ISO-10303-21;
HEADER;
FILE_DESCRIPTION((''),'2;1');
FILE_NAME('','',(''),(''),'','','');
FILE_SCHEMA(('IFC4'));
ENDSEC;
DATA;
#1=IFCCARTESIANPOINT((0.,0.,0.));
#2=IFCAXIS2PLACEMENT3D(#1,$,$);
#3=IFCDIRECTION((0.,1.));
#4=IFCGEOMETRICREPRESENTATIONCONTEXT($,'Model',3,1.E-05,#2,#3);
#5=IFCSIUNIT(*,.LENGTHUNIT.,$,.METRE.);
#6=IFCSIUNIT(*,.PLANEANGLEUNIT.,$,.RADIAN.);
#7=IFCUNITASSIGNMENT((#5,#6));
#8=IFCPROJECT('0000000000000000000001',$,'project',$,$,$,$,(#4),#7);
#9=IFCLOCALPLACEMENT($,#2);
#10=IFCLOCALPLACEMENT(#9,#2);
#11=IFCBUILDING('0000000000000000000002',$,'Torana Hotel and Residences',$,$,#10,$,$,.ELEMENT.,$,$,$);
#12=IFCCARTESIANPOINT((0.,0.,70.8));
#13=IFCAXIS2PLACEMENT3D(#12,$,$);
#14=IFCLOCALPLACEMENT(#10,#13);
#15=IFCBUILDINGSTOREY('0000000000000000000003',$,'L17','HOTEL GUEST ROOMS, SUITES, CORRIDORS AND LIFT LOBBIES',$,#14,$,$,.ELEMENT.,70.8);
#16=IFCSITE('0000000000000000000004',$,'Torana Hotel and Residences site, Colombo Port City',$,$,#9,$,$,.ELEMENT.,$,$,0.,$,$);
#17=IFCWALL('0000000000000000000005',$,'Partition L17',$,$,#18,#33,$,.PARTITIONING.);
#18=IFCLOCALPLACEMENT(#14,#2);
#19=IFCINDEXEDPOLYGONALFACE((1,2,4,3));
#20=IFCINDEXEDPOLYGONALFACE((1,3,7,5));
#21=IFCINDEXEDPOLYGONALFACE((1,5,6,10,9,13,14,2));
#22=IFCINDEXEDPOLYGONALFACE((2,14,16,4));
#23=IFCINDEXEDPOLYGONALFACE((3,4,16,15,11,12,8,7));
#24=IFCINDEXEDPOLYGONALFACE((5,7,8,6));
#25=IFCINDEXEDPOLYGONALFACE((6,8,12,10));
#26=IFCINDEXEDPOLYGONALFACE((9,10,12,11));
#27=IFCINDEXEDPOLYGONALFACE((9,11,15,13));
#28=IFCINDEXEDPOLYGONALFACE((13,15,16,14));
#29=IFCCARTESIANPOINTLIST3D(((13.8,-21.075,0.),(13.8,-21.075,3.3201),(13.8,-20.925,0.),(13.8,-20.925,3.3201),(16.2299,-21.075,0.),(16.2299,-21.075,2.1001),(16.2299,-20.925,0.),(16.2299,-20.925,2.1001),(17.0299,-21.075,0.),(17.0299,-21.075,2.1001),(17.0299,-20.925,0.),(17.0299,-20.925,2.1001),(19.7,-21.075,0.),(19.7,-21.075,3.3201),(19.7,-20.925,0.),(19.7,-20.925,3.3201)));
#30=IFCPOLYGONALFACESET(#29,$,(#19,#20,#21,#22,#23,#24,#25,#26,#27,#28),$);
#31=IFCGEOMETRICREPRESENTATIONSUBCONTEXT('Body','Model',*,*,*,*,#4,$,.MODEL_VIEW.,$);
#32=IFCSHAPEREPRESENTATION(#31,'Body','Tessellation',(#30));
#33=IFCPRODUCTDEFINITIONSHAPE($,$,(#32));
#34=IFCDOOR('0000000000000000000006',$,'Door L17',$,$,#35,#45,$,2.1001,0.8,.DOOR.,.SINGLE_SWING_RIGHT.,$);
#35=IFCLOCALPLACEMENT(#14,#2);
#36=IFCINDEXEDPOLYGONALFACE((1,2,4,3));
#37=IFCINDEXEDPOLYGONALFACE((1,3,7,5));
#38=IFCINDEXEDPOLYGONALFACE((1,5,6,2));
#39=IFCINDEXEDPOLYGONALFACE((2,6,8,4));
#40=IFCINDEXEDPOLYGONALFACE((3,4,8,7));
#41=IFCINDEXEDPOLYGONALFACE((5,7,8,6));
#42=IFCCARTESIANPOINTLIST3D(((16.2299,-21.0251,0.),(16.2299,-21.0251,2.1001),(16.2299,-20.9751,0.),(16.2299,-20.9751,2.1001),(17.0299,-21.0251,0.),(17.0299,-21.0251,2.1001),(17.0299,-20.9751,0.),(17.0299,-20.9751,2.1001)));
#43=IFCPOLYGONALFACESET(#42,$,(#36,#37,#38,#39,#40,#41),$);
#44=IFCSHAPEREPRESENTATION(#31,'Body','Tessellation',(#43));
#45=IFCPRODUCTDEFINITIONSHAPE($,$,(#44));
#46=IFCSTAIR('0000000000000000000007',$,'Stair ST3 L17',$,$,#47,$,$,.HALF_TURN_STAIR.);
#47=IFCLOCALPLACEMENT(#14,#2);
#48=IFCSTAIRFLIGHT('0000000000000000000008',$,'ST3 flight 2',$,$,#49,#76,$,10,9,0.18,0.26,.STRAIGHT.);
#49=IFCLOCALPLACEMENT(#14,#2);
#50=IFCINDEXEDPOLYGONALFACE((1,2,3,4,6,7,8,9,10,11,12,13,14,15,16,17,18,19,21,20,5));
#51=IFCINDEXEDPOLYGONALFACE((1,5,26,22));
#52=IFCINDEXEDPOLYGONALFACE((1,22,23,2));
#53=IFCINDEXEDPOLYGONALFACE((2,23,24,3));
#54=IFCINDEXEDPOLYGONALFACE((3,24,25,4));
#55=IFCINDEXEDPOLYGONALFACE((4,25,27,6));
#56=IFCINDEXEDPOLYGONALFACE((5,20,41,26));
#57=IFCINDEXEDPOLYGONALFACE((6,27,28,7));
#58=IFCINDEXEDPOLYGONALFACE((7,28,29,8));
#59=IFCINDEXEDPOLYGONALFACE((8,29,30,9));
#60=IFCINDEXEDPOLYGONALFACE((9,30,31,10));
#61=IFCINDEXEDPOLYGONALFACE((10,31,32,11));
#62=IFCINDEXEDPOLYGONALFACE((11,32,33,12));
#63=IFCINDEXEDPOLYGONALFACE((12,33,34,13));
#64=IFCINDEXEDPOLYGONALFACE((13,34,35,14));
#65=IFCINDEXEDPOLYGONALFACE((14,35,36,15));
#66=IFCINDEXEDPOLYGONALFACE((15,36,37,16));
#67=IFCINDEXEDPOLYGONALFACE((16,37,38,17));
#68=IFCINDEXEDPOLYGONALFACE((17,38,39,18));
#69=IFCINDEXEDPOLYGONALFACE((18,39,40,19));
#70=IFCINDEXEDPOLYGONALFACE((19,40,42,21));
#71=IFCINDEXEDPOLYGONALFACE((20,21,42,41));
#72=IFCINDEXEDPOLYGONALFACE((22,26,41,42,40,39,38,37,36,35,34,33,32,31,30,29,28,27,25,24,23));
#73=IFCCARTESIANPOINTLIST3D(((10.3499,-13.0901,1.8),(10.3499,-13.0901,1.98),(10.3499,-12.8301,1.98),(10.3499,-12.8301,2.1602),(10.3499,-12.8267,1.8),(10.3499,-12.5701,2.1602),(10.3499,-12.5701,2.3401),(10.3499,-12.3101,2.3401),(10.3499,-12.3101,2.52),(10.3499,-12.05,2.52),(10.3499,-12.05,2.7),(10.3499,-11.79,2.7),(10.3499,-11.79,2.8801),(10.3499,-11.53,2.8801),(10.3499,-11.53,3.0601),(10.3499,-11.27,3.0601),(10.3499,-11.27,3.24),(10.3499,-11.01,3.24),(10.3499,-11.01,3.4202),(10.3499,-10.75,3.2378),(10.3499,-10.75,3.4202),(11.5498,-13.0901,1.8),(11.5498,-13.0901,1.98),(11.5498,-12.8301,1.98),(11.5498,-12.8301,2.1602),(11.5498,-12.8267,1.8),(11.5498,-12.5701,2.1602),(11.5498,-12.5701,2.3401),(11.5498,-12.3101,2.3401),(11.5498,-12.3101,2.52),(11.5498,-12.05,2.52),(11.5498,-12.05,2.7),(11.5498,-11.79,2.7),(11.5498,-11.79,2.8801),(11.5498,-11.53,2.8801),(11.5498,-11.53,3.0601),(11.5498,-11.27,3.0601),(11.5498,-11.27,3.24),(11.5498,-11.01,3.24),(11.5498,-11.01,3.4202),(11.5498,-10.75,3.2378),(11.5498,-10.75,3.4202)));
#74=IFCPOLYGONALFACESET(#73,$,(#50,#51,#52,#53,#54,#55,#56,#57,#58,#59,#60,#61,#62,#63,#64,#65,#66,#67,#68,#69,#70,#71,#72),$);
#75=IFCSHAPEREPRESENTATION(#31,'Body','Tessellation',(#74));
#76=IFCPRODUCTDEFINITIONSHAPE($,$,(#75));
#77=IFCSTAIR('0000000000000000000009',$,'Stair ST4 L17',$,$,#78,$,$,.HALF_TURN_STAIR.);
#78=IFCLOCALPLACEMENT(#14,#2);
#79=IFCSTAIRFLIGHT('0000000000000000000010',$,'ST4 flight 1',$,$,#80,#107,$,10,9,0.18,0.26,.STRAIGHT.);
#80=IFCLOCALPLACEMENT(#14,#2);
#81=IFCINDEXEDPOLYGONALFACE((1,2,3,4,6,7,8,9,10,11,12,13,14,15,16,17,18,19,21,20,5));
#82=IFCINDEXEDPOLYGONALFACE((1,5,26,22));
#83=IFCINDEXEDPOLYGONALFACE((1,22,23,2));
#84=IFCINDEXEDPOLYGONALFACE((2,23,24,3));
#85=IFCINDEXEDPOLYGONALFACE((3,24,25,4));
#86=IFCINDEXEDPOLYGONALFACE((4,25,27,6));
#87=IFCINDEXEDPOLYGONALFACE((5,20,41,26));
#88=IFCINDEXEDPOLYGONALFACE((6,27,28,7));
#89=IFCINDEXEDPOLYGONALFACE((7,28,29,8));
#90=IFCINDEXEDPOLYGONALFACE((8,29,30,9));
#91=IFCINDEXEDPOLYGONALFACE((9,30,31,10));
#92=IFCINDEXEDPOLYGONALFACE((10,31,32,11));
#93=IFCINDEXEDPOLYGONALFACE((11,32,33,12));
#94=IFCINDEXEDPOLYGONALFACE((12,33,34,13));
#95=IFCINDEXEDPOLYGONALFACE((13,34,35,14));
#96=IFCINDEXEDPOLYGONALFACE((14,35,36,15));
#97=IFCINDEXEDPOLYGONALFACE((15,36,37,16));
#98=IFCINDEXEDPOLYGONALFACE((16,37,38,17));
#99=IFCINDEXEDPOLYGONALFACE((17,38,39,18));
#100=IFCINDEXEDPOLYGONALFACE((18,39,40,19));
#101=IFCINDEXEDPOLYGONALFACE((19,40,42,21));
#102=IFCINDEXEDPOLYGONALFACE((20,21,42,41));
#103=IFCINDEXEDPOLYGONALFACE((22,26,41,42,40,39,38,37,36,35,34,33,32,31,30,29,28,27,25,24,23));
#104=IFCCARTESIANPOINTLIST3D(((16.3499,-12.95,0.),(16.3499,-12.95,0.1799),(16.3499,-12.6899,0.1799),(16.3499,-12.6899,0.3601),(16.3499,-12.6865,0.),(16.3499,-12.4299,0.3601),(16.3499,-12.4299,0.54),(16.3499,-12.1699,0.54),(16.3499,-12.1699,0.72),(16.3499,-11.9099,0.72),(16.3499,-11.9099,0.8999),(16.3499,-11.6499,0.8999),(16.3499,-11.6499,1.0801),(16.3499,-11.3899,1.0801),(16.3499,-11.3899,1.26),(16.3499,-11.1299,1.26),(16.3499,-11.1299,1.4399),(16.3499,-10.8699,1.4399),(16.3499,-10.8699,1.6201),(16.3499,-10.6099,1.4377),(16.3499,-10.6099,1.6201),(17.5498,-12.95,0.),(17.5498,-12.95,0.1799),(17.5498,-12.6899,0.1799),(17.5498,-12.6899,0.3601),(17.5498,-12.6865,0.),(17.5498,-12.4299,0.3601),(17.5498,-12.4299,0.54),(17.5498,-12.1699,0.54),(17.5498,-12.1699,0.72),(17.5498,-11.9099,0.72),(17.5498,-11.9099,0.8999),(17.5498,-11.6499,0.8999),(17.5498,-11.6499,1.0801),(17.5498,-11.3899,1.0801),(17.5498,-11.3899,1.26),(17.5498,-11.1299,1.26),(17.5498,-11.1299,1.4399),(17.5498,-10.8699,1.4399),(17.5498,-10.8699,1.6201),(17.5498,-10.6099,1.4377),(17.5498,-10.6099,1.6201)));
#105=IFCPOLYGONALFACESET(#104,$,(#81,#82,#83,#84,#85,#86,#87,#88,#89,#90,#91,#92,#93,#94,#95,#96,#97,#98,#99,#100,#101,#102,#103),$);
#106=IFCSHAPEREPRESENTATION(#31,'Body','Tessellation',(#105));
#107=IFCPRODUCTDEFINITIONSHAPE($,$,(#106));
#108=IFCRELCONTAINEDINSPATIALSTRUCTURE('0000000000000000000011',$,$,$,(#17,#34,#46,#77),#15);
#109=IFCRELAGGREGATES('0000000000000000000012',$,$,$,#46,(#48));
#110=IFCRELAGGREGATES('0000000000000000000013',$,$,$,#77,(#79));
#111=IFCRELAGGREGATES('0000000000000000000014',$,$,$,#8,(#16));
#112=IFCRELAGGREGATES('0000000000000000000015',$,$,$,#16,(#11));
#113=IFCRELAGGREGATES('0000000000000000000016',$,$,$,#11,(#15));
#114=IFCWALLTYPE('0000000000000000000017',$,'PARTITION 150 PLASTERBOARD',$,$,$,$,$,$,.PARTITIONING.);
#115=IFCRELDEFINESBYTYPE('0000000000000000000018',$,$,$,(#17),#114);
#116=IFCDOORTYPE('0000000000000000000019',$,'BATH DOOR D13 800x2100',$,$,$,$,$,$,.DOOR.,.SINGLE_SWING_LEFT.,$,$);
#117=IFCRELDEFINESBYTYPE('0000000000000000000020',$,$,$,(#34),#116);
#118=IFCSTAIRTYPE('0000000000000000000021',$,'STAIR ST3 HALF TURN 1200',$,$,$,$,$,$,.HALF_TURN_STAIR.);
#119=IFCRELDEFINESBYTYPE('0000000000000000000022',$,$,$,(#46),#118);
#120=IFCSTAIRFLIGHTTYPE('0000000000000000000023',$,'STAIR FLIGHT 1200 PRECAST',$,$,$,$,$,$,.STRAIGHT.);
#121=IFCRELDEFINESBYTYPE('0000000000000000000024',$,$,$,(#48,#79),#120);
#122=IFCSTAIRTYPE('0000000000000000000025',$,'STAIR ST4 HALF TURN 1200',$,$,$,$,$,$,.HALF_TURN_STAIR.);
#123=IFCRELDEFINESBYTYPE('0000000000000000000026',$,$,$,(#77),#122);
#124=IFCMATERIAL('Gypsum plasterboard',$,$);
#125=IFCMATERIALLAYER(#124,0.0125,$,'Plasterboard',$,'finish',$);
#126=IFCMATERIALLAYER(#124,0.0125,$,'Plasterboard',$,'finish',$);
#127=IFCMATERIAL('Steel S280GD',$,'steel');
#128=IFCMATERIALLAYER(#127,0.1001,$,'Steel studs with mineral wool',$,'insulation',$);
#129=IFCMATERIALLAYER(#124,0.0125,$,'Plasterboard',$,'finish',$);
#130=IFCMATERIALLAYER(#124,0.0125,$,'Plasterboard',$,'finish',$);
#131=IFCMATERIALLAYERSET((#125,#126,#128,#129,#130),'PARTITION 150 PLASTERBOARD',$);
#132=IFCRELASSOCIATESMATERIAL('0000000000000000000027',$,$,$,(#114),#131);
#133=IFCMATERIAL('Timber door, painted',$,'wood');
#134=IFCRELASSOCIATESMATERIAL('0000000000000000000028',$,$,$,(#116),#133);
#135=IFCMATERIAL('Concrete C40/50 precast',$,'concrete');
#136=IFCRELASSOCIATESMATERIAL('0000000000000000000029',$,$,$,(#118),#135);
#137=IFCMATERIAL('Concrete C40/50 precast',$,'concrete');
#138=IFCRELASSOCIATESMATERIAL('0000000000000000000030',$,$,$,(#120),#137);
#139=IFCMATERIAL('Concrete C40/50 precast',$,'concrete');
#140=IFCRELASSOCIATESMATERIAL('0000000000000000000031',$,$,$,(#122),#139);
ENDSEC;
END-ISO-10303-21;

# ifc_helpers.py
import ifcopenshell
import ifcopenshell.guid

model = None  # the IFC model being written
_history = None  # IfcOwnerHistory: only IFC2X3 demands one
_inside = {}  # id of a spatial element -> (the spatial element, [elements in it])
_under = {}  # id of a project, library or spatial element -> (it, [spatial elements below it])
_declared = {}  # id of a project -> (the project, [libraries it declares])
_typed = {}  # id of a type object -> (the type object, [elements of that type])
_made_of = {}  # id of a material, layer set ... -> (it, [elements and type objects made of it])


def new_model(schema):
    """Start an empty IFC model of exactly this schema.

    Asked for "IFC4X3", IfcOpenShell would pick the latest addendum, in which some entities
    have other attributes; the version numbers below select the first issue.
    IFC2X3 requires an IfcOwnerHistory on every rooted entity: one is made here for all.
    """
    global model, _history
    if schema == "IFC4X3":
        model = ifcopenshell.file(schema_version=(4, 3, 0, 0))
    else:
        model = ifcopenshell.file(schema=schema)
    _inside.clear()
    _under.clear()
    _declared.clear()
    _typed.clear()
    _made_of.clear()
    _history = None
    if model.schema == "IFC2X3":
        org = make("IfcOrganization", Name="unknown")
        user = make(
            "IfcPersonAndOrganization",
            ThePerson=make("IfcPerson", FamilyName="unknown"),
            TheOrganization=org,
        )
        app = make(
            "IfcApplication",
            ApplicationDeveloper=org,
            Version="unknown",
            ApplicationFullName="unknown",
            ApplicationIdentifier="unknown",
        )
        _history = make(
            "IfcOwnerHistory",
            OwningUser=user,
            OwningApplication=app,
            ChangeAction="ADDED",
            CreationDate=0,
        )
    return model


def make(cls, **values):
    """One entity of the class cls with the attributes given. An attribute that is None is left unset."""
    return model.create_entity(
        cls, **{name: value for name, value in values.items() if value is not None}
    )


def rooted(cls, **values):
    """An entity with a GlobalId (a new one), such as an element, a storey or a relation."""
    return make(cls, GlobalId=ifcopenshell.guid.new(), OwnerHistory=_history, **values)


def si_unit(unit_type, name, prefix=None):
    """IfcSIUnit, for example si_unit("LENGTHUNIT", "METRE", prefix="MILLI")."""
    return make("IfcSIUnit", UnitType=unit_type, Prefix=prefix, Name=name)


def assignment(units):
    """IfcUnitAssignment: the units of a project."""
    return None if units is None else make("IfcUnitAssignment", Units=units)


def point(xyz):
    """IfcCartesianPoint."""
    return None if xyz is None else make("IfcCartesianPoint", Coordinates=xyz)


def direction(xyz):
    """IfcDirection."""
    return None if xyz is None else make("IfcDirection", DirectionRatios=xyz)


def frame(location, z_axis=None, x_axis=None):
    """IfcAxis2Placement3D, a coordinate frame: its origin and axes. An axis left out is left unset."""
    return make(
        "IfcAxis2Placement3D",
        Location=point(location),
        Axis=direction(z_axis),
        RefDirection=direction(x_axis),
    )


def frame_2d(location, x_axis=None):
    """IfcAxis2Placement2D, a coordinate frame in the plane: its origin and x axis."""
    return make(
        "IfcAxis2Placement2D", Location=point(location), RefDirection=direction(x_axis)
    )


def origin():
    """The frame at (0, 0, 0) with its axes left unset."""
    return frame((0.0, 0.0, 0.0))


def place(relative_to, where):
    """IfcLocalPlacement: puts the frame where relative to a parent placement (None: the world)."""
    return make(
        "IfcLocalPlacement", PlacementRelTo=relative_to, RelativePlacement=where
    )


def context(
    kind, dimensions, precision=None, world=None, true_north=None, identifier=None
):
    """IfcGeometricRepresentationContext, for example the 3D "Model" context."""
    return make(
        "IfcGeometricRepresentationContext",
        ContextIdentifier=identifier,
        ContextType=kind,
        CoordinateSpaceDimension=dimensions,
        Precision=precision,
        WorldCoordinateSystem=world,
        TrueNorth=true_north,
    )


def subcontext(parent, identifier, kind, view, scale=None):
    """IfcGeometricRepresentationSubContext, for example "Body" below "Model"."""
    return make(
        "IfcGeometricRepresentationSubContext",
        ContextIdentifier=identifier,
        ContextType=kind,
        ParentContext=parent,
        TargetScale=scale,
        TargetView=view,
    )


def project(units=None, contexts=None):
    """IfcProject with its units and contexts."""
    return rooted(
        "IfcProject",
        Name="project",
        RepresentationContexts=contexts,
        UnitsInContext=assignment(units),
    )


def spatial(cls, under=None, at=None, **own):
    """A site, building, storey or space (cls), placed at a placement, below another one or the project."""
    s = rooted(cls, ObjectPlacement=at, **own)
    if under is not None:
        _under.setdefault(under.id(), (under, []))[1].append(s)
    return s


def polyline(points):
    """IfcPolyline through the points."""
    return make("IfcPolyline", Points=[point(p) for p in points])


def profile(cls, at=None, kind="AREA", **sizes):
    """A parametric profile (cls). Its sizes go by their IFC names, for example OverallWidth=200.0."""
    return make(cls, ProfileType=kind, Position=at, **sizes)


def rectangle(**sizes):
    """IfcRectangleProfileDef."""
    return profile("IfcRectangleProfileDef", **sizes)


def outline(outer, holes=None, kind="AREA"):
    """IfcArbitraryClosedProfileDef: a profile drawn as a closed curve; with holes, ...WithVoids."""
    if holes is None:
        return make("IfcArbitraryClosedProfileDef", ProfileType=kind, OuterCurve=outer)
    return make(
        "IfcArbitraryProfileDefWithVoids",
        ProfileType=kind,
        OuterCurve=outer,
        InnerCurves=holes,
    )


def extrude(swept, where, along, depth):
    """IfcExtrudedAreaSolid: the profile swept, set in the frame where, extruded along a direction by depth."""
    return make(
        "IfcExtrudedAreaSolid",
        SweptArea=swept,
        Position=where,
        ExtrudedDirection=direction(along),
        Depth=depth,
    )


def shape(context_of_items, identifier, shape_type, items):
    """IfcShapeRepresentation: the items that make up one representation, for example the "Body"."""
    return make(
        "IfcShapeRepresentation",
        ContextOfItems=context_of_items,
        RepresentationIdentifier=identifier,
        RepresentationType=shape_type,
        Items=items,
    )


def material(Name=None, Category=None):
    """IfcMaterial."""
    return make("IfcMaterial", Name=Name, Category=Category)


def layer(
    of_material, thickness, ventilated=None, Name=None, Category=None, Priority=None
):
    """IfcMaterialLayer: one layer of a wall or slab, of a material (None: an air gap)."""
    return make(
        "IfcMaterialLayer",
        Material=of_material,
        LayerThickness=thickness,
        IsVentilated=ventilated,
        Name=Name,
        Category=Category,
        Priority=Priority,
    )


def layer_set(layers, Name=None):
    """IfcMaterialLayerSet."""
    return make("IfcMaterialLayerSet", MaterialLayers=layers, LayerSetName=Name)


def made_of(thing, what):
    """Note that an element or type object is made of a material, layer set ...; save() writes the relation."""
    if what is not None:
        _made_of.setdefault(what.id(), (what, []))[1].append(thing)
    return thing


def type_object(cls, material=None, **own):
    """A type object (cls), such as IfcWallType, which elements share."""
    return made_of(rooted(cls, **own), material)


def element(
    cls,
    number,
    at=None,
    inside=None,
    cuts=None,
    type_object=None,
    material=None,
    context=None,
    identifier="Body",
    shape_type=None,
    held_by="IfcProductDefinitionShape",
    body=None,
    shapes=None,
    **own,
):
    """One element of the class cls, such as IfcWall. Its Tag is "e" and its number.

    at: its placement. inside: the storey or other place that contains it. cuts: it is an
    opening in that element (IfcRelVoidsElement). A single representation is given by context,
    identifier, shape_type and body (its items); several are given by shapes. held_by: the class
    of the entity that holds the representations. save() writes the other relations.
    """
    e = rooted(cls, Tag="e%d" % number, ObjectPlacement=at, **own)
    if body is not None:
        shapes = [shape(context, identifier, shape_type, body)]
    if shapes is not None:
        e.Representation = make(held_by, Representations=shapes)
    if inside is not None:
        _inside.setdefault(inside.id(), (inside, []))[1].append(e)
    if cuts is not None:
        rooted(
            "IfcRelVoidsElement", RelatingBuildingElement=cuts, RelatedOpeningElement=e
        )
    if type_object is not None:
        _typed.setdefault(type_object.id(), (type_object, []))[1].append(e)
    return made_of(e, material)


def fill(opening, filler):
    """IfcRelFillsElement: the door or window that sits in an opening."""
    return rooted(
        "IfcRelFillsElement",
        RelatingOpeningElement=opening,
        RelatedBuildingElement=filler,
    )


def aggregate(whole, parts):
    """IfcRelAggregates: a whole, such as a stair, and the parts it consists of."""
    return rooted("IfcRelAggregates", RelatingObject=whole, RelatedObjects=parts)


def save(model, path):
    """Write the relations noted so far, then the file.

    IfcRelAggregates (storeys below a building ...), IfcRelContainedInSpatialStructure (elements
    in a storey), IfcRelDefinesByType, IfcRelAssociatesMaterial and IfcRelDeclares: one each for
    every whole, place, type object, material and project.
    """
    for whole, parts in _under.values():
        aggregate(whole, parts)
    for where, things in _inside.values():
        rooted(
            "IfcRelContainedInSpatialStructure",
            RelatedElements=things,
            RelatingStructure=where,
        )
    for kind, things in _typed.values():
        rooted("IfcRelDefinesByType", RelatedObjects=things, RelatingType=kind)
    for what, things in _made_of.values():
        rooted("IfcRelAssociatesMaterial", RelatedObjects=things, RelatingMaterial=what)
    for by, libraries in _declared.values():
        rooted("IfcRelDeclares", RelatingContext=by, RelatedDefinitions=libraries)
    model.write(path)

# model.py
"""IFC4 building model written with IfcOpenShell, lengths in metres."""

from ifc_helpers import new_model, si_unit, direction, frame, frame_2d, origin, place, context, subcontext, project, spatial, polyline, rectangle, outline, extrude, material, layer, layer_set, type_object, element, fill, aggregate, save


model = new_model("IFC4")

# Units and contexts
model_context = context("Model", 3, precision=1e-05, world=origin(), true_north=direction((0.0, 1.0)))
body_context = subcontext(model_context, "Body", "Model", "MODEL_VIEW")
ifc_project = project(units=[si_unit("LENGTHUNIT", "METRE"), si_unit("PLANEANGLEUNIT", "RADIAN")], contexts=[model_context])

# Site, building, storey
site_placement = place(None, origin())
site = spatial("IfcSite", under=ifc_project, at=site_placement, Name="Torana Hotel and Residences site, Colombo Port City", CompositionType="ELEMENT", RefElevation=0.0)
building_placement = place(site_placement, origin())
building = spatial("IfcBuilding", under=site, at=building_placement, Name="Torana Hotel and Residences", CompositionType="ELEMENT")
storey_placement = place(building_placement, frame((0.0, 0.0, 70.8)))
storey = spatial("IfcBuildingStorey", under=building, at=storey_placement, Name="L17", Description="HOTEL GUEST ROOMS, SUITES, CORRIDORS AND LIFT LOBBIES", CompositionType="ELEMENT", Elevation=70.8)

# Shared definitions
ifc_material_1 = material(Name="Gypsum plasterboard")
ifc_layer_1 = layer(ifc_material_1, 0.0125, Name="Plasterboard", Category="finish")
ifc_layer_2 = layer(ifc_material_1, 0.0125, Name="Plasterboard", Category="finish")
ifc_material_2 = material(Name="Steel S280GD", Category="steel")
ifc_layer_3 = layer(ifc_material_2, 0.1001, Name="Steel studs with mineral wool", Category="insulation")
ifc_layer_4 = layer(ifc_material_1, 0.0125, Name="Plasterboard", Category="finish")
ifc_layer_5 = layer(ifc_material_1, 0.0125, Name="Plasterboard", Category="finish")
ifc_layer_set_1 = layer_set([ifc_layer_1, ifc_layer_2, ifc_layer_3, ifc_layer_4, ifc_layer_5], Name="PARTITION 150 PLASTERBOARD")
wall_type_1 = type_object("IfcWallType", Name="PARTITION 150 PLASTERBOARD", PredefinedType="PARTITIONING", material=ifc_layer_set_1)

# Wall, opening, door
ifc_material_3 = material(Name="Timber door, painted", Category="wood")
door_type_1 = type_object("IfcDoorType", Name="BATH DOOR D13 800x2100", OperationType="SINGLE_SWING_LEFT", PredefinedType="DOOR", material=ifc_material_3)
wall_1_placement = place(storey_placement, frame((13.8, -21.0, 0.0), z_axis=(0.0, 0.0, 1.0), x_axis=(1.0, 0.0, 0.0)))
wall_1 = element("IfcWall", 1, at=wall_1_placement, inside=storey, type_object=wall_type_1, Name="Partition L17", PredefinedType="PARTITIONING", context=body_context, shape_type="SweptSolid", body=[
    extrude(rectangle(XDim=5.8999, YDim=0.1499, at=frame_2d((2.95, 0.0))), origin(), (0.0, 0.0, 1.0), 3.3201),
])
opening_1_placement = place(wall_1_placement, frame((2.4299, 0.0, 0.0)))
opening_1 = element("IfcOpeningElement", 2, at=opening_1_placement, cuts=wall_1, PredefinedType="OPENING", context=body_context, shape_type="SweptSolid", body=[
    extrude(rectangle(XDim=0.8, YDim=2.1001, at=frame_2d((0.3999, 1.05))), frame((0.0, 0.085, 0.0), z_axis=(0.0, -1.0, 0.0), x_axis=(1.0, 0.0, 0.0)), (0.0, 0.0, 1.0), 0.1699),
])
door_1_placement = place(opening_1_placement, origin())
door_1 = element("IfcDoor", 3, at=door_1_placement, inside=storey, type_object=door_type_1, Name="Door L17", OperationType="SINGLE_SWING_RIGHT", OverallHeight=2.1001, OverallWidth=0.8, PredefinedType="DOOR", context=body_context, shape_type="SweptSolid", body=[
    extrude(rectangle(XDim=0.8, YDim=2.1001, at=frame_2d((0.3999, 1.05))), frame((0.0, 0.0249, 0.0), z_axis=(0.0, -1.0, 0.0), x_axis=(1.0, 0.0, 0.0)), (0.0, 0.0, 1.0), 0.05),
])
fill(opening_1, door_1)

# Stairs, stair flights
ifc_material_4 = material(Name="Concrete C40/50 precast", Category="concrete")
stair_type_1 = type_object("IfcStairType", Name="STAIR ST3 HALF TURN 1200", PredefinedType="HALF_TURN_STAIR", material=ifc_material_4)
stair_1_placement = place(storey_placement, origin())
stair_1 = element("IfcStair", 4, at=stair_1_placement, inside=storey, type_object=stair_type_1, Name="Stair ST3 L17", PredefinedType="HALF_TURN_STAIR")
ifc_material_5 = material(Name="Concrete C40/50 precast", Category="concrete")
stair_flight_type = type_object("IfcStairFlightType", Name="STAIR FLIGHT 1200 PRECAST", PredefinedType="STRAIGHT", material=ifc_material_5)
stair_flight_1_placement = place(storey_placement, frame((10.95, -13.0901, 1.8), z_axis=(0.0, 0.0, 1.0), x_axis=(0.0, 1.0, 0.0)))
stair_flight_1 = element("IfcStairFlight", 5, at=stair_flight_1_placement, type_object=stair_flight_type, Name="ST3 flight 2", NumberOfRisers=10, NumberOfTreads=9, PredefinedType="STRAIGHT", RiserHeight=0.18, TreadLength=0.26, context=body_context, shape_type="SweptSolid", body=[
    extrude(outline(polyline([(0.0, 0.0), (0.0, 0.1799), (0.26, 0.1799), (0.26, 0.3601), (0.52, 0.3601), (0.52, 0.54), (0.78, 0.54), (0.78, 0.72), (1.04, 0.72), (1.04, 0.8999), (1.3, 0.8999), (1.3, 1.0801), (1.5601, 1.0801), (1.5601, 1.26), (1.8201, 1.26), (1.8201, 1.4399), (2.0801, 1.4399), (2.0801, 1.6201), (2.3401, 1.6201), (2.3401, 1.8), (2.3401, 1.4377), (0.2634, 0.0), (0.0, 0.0)])), frame((0.0, 0.6001, 0.0), z_axis=(0.0, -1.0, 0.0), x_axis=(1.0, 0.0, 0.0)), (0.0, 0.0, 1.0), 1.2),
])
aggregate(stair_1, [stair_flight_1])
ifc_material_6 = material(Name="Concrete C40/50 precast", Category="concrete")
stair_type_2 = type_object("IfcStairType", Name="STAIR ST4 HALF TURN 1200", PredefinedType="HALF_TURN_STAIR", material=ifc_material_6)
stair_2_placement = place(storey_placement, origin())
stair_2 = element("IfcStair", 6, at=stair_2_placement, inside=storey, type_object=stair_type_2, Name="Stair ST4 L17", PredefinedType="HALF_TURN_STAIR")
stair_flight_2_placement = place(storey_placement, frame((16.95, -12.95, 0.0), z_axis=(0.0, 0.0, 1.0), x_axis=(0.0, 1.0, 0.0)))
stair_flight_2 = element("IfcStairFlight", 7, at=stair_flight_2_placement, type_object=stair_flight_type, Name="ST4 flight 1", NumberOfRisers=10, NumberOfTreads=9, PredefinedType="STRAIGHT", RiserHeight=0.18, TreadLength=0.26, context=body_context, shape_type="SweptSolid", body=[
    extrude(outline(polyline([(0.0, 0.0), (0.0, 0.1799), (0.26, 0.1799), (0.26, 0.3601), (0.52, 0.3601), (0.52, 0.54), (0.78, 0.54), (0.78, 0.72), (1.04, 0.72), (1.04, 0.8999), (1.3, 0.8999), (1.3, 1.0801), (1.5601, 1.0801), (1.5601, 1.26), (1.8201, 1.26), (1.8201, 1.4399), (2.0801, 1.4399), (2.0801, 1.6201), (2.3401, 1.6201), (2.3401, 1.8), (2.3401, 1.4377), (0.2634, 0.0), (0.0, 0.0)])), frame((0.0, 0.6001, 0.0), z_axis=(0.0, -1.0, 0.0), x_axis=(1.0, 0.0, 0.0)), (0.0, 0.0, 1.0), 1.2),
])
aggregate(stair_2, [stair_flight_2])

save(model, "model.ifc")
